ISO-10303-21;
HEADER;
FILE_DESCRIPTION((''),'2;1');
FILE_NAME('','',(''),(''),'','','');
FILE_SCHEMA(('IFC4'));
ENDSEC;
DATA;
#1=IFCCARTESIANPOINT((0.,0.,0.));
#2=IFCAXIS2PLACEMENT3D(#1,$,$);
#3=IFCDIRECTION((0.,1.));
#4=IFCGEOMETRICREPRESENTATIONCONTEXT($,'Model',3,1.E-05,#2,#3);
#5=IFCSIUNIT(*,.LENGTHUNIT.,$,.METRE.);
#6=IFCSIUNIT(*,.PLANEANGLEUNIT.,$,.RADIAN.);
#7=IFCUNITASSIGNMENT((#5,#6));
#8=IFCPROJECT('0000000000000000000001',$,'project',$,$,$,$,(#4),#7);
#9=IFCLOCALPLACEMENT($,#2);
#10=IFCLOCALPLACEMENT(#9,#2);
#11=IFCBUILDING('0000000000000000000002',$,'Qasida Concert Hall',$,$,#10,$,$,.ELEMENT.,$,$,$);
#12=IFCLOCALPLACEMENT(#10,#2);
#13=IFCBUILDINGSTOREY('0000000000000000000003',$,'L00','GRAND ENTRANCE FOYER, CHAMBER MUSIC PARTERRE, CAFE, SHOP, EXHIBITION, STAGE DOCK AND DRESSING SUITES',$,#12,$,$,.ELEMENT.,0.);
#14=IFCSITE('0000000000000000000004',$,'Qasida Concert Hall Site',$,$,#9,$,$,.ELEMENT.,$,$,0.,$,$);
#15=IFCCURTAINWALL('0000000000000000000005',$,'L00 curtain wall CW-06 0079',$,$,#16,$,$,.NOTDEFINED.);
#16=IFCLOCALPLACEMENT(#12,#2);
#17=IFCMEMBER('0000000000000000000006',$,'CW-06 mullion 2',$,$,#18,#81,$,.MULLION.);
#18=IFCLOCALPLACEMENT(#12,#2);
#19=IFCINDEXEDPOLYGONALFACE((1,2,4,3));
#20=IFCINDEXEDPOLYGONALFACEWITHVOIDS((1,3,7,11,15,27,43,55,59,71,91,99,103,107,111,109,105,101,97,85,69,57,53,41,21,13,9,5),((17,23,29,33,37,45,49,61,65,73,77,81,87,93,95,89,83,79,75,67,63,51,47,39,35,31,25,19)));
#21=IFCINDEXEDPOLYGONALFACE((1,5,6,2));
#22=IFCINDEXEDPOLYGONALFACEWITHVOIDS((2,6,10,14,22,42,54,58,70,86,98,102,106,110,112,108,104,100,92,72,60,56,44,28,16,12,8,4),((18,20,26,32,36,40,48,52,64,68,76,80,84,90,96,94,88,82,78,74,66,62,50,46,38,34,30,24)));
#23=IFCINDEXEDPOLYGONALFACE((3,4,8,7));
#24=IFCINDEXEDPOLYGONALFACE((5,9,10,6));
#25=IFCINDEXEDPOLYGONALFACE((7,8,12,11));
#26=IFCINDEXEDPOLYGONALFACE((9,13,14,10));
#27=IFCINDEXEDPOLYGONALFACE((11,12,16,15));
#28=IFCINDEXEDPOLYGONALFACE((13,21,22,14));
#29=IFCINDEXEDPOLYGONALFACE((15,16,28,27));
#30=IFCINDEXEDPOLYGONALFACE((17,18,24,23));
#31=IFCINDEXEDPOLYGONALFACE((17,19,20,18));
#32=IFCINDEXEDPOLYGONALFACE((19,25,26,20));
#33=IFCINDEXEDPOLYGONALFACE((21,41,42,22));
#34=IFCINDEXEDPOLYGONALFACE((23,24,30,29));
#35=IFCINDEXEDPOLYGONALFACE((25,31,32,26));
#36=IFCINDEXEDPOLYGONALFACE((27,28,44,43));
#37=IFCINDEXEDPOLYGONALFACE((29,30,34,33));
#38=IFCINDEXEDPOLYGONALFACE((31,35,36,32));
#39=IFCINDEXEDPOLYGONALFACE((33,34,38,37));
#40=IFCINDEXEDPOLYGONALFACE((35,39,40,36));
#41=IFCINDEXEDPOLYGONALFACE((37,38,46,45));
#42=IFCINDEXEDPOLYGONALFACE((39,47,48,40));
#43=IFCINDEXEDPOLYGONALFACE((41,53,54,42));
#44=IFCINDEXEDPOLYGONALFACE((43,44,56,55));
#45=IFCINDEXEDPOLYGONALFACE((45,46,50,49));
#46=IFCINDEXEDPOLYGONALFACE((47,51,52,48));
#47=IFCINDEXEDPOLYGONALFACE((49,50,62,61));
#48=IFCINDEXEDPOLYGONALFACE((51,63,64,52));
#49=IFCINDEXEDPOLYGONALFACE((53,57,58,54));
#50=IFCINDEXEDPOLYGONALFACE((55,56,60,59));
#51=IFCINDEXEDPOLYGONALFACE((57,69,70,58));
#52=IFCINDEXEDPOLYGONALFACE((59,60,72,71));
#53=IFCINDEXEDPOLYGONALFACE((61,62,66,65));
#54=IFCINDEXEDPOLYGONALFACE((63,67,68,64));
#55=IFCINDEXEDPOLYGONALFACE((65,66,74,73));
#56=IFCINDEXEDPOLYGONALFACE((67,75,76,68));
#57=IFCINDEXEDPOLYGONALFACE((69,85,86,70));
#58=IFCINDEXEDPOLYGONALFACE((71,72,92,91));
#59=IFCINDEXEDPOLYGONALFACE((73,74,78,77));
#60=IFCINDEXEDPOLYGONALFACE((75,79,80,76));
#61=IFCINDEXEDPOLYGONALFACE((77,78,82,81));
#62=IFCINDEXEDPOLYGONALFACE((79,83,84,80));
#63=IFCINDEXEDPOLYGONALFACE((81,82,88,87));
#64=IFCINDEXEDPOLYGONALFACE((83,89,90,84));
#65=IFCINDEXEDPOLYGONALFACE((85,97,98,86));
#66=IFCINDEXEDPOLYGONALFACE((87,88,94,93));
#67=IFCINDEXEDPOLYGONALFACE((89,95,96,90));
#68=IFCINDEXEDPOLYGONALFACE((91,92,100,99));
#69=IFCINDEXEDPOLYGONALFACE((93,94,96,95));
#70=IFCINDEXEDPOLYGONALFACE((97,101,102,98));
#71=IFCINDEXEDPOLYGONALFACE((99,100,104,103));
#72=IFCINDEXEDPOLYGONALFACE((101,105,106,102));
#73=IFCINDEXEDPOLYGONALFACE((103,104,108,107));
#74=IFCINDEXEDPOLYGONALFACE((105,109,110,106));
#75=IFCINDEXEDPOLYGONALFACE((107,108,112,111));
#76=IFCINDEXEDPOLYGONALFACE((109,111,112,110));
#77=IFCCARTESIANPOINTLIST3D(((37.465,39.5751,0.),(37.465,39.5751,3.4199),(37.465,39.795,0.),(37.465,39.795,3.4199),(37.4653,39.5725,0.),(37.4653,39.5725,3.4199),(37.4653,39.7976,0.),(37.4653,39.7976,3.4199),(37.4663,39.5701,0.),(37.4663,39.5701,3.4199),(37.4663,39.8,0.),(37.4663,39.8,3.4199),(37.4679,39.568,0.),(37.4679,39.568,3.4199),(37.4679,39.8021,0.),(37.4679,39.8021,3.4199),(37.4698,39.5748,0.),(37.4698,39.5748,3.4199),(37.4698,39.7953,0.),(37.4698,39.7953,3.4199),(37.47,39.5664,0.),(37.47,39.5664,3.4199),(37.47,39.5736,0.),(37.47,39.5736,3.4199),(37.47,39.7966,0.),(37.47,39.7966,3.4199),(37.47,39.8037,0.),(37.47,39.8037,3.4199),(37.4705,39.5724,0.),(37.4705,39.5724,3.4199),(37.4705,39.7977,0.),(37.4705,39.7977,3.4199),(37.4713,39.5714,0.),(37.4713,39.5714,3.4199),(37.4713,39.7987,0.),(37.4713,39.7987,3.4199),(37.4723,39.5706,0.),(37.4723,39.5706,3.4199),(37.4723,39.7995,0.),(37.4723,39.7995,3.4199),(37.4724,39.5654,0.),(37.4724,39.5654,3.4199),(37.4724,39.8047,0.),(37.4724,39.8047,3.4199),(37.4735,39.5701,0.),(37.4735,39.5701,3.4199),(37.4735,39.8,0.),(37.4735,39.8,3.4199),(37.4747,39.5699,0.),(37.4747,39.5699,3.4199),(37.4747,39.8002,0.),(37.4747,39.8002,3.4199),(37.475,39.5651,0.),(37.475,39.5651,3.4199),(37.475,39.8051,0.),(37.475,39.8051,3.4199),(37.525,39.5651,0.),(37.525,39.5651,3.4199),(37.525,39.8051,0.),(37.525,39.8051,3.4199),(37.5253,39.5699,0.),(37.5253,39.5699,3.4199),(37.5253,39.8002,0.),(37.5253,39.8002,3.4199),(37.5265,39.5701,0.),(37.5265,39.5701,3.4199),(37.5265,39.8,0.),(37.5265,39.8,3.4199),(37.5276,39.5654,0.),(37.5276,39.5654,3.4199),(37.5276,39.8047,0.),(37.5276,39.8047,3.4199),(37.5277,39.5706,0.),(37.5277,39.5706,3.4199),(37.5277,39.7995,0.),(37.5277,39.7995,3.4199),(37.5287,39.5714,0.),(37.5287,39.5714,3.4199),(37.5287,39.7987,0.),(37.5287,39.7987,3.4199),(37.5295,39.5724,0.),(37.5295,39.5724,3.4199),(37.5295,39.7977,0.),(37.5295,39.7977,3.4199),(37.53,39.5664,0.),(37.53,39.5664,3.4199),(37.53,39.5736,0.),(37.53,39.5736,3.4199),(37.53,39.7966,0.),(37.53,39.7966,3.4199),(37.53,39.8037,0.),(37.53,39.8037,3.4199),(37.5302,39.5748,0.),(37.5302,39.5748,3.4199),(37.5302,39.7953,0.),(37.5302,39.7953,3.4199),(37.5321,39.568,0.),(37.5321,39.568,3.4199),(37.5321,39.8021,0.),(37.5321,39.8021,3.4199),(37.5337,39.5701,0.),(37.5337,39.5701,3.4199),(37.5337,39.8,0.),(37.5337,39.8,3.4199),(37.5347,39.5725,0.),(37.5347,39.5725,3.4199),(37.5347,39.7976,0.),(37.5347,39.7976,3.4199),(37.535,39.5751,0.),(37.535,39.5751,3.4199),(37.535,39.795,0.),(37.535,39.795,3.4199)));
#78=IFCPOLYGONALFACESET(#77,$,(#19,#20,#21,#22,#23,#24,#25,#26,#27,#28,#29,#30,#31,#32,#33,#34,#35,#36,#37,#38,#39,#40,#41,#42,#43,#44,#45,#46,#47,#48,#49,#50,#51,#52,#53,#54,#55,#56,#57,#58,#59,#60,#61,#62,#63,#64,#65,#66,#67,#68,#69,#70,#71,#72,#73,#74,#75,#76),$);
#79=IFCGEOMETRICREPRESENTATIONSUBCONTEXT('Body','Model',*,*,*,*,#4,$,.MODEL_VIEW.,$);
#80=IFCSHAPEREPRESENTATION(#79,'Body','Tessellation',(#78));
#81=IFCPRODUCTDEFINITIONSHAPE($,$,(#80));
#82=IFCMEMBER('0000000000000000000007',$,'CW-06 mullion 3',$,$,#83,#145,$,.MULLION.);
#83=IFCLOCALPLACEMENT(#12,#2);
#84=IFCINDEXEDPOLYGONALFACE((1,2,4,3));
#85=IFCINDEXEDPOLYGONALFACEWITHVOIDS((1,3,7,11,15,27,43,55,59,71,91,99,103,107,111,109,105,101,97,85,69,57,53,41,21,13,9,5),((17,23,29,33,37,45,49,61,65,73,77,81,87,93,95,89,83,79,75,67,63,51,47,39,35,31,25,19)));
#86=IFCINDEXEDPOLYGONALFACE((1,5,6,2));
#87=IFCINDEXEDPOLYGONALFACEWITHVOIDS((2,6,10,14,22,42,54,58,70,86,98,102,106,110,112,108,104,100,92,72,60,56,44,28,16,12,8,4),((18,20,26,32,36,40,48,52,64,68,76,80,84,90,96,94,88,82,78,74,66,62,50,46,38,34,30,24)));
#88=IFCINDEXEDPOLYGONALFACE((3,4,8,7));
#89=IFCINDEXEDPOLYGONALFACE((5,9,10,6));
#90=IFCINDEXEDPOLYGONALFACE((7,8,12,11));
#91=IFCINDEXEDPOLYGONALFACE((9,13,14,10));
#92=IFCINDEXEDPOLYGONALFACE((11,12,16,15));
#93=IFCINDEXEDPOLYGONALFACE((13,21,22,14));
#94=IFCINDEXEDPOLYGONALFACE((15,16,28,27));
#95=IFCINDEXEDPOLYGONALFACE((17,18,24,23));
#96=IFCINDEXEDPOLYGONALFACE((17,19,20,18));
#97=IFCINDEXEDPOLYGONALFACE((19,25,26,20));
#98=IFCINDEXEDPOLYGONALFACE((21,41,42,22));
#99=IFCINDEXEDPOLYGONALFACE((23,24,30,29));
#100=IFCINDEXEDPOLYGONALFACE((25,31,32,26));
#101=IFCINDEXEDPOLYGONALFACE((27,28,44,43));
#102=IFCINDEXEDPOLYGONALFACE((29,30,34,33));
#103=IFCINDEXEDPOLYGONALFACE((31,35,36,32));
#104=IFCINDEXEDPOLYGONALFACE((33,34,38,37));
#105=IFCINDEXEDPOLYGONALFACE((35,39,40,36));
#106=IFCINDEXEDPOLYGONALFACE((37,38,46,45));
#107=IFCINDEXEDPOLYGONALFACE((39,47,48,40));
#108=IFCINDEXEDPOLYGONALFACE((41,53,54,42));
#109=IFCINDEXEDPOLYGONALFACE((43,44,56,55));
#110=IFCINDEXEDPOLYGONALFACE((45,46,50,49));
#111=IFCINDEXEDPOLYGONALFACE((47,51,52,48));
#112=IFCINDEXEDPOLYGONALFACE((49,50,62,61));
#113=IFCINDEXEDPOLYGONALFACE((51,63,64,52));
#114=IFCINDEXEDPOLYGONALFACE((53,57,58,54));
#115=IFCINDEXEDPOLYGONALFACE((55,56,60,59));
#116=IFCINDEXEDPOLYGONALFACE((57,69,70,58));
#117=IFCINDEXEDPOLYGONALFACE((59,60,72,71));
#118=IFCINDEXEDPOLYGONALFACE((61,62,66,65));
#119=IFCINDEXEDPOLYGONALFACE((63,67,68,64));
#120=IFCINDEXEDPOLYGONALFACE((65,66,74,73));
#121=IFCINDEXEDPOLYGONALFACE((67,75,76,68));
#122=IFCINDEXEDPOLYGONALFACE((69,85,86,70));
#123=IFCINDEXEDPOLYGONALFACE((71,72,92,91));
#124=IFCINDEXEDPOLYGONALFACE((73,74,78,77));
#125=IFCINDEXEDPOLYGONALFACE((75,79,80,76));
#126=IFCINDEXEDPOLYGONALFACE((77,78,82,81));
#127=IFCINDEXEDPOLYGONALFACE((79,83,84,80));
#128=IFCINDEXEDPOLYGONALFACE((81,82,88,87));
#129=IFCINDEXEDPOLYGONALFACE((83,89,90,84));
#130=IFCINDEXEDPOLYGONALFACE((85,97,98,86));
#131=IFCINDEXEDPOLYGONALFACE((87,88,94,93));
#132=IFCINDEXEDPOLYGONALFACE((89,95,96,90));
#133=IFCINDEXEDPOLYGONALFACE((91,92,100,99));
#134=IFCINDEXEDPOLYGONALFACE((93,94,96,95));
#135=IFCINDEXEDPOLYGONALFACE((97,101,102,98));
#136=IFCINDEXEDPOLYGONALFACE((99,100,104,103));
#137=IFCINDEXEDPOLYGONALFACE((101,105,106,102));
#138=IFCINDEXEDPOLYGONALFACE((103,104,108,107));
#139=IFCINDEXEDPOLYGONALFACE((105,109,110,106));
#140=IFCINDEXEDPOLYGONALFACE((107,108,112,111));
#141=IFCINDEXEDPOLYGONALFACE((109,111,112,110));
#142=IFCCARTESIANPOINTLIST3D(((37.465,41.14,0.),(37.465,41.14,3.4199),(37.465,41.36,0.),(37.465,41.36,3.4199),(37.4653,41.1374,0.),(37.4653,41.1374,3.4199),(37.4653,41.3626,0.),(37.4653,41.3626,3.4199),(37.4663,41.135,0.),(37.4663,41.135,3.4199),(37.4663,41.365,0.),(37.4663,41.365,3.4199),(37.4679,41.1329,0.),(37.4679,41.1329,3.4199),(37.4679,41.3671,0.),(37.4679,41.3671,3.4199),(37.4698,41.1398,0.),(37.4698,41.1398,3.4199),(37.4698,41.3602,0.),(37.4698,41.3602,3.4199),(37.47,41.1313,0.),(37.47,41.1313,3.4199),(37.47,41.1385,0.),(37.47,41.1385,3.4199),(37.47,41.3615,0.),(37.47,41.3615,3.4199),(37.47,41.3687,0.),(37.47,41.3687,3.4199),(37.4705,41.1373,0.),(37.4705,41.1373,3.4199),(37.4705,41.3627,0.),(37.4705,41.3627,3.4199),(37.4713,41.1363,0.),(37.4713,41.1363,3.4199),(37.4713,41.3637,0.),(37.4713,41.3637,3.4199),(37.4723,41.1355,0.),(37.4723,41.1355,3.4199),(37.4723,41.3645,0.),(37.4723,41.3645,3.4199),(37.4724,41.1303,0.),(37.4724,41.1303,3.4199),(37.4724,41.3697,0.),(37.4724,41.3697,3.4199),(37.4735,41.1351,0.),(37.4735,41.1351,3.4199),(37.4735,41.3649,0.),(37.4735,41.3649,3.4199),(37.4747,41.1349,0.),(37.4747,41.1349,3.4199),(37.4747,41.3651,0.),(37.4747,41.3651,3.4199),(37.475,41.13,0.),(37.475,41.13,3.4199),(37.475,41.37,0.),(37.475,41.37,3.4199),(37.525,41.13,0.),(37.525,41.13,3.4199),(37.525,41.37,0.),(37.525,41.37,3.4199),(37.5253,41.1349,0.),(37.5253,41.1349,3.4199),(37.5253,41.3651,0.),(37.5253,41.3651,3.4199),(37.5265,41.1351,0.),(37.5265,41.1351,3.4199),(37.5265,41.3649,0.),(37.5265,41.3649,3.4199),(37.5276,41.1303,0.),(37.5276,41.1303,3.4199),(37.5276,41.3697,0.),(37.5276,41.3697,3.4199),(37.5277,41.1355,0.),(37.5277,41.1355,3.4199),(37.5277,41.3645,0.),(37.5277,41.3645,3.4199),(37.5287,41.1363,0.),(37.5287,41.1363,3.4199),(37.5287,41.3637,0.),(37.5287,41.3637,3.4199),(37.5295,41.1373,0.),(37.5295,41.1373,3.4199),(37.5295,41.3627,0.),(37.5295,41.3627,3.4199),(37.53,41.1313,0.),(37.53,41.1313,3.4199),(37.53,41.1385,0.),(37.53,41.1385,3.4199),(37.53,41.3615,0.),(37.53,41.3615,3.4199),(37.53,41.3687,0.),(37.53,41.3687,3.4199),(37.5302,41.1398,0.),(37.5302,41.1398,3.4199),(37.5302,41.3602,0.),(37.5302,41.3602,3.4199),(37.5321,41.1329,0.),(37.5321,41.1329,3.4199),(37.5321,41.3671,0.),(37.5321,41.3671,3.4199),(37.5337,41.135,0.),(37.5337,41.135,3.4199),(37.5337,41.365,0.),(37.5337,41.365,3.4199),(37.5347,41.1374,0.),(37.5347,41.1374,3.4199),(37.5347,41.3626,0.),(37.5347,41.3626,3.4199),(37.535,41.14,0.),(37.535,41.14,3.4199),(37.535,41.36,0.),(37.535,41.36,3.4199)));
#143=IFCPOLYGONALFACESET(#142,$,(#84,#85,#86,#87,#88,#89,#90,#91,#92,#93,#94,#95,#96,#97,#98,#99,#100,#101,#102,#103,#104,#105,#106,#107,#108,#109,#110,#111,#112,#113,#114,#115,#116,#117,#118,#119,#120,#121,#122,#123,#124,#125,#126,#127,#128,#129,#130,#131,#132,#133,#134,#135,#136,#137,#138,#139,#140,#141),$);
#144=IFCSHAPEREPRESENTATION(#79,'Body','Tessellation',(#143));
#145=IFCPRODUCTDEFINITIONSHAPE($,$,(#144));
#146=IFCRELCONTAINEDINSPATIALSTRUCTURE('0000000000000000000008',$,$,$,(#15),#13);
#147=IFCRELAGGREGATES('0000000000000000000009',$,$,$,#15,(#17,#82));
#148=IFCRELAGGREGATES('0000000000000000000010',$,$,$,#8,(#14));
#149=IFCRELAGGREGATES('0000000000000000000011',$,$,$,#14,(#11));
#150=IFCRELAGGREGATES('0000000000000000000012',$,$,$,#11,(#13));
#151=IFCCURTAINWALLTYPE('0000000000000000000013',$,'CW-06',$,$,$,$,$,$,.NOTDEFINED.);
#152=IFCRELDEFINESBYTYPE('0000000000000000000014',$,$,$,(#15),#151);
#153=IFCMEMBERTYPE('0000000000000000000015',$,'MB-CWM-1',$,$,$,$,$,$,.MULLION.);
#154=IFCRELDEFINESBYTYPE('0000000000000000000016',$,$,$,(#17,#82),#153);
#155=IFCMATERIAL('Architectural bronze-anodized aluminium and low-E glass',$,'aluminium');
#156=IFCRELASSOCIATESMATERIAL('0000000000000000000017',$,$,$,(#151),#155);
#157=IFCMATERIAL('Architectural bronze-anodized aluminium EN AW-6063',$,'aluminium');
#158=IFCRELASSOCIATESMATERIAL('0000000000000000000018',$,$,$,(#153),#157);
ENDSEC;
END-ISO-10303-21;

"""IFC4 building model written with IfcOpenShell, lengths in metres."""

from ifc_helpers import new_model, si_unit, direction, frame, origin, origin_2d, place, context, subcontext, project, spatial, hollow_rectangle, extrude, material, material_profile, profile_set, type_object, element, aggregate, save


model = new_model("IFC4")

# Units and contexts
model_context = context("Model", 3, precision=1e-05, world=origin(), true_north=direction((0.0, 1.0)))
body_context = subcontext(model_context, "Body", "Model", "MODEL_VIEW")
ifc_project = project(units=[si_unit("LENGTHUNIT", "METRE"), si_unit("PLANEANGLEUNIT", "RADIAN")], contexts=[model_context])

# Site, building, storey
site_placement = place(None, origin())
site = spatial("IfcSite", under=ifc_project, at=site_placement, Name="Qasida Concert Hall Site", CompositionType="ELEMENT", RefElevation=0.0)
building_placement = place(site_placement, origin())
building = spatial("IfcBuilding", under=site, at=building_placement, Name="Qasida Concert Hall", CompositionType="ELEMENT")
storey_placement = place(building_placement, origin())
storey = spatial("IfcBuildingStorey", under=building, at=storey_placement, Name="L00", Description="GRAND ENTRANCE FOYER, CHAMBER MUSIC PARTERRE, CAFE, SHOP, EXHIBITION, STAGE DOCK AND DRESSING SUITES", CompositionType="ELEMENT", Elevation=0.0)

# Curtain wall, members
ifc_material_1 = material(Name="Architectural bronze-anodized aluminium and low-E glass", Category="aluminium")
curtain_wall_type = type_object("IfcCurtainWallType", Name="CW-06", PredefinedType="NOTDEFINED", material=ifc_material_1)
curtain_wall_placement = place(storey_placement, origin())
curtain_wall = element("IfcCurtainWall", 1, at=curtain_wall_placement, inside=storey, type_object=curtain_wall_type, Name="L00 curtain wall CW-06 0079", PredefinedType="NOTDEFINED")
ifc_material_2 = material(Name="Architectural bronze-anodized aluminium EN AW-6063", Category="aluminium")
ifc_material_profile_1 = material_profile(ifc_material_2, hollow_rectangle(XDim=0.0701, YDim=0.24, WallThickness=0.0049, InnerFilletRadius=0.0049, OuterFilletRadius=0.01, at=origin_2d()), Name="CWM 240x70x5")
ifc_profile_set_1 = profile_set([ifc_material_profile_1], Name="Architectural bronze-anodized aluminium EN AW-6063")
member_type_1 = type_object("IfcMemberType", Name="MB-CWM-1", PredefinedType="MULLION", material=ifc_profile_set_1)
member_1_placement = place(storey_placement, frame((37.5, 39.6851, 0.0), z_axis=(0.0, 0.0, 1.0), x_axis=(-1.0, 0.0, 0.0)))
member_1 = element("IfcMember", 2, at=member_1_placement, type_object=member_type_1, Name="CW-06 mullion 2", PredefinedType="MULLION", context=body_context, shape_type="SweptSolid", body=[
    extrude(hollow_rectangle(XDim=0.0701, YDim=0.24, WallThickness=0.0049, InnerFilletRadius=0.0049, OuterFilletRadius=0.01, at=origin_2d()), origin(), (0.0, 0.0, 1.0), 3.4199),
])
member_2_placement = place(storey_placement, frame((37.5, 41.25, 0.0), z_axis=(0.0, 0.0, 1.0), x_axis=(-1.0, 0.0, 0.0)))
member_2 = element("IfcMember", 3, at=member_2_placement, type_object=member_type_1, Name="CW-06 mullion 3", PredefinedType="MULLION", context=body_context, shape_type="SweptSolid", body=[
    extrude(hollow_rectangle(XDim=0.0701, YDim=0.24, WallThickness=0.0049, InnerFilletRadius=0.0049, OuterFilletRadius=0.01, at=origin_2d()), origin(), (0.0, 0.0, 1.0), 3.4199),
])
aggregate(curtain_wall, [member_1, member_2])

save(model, "model.ifc")
